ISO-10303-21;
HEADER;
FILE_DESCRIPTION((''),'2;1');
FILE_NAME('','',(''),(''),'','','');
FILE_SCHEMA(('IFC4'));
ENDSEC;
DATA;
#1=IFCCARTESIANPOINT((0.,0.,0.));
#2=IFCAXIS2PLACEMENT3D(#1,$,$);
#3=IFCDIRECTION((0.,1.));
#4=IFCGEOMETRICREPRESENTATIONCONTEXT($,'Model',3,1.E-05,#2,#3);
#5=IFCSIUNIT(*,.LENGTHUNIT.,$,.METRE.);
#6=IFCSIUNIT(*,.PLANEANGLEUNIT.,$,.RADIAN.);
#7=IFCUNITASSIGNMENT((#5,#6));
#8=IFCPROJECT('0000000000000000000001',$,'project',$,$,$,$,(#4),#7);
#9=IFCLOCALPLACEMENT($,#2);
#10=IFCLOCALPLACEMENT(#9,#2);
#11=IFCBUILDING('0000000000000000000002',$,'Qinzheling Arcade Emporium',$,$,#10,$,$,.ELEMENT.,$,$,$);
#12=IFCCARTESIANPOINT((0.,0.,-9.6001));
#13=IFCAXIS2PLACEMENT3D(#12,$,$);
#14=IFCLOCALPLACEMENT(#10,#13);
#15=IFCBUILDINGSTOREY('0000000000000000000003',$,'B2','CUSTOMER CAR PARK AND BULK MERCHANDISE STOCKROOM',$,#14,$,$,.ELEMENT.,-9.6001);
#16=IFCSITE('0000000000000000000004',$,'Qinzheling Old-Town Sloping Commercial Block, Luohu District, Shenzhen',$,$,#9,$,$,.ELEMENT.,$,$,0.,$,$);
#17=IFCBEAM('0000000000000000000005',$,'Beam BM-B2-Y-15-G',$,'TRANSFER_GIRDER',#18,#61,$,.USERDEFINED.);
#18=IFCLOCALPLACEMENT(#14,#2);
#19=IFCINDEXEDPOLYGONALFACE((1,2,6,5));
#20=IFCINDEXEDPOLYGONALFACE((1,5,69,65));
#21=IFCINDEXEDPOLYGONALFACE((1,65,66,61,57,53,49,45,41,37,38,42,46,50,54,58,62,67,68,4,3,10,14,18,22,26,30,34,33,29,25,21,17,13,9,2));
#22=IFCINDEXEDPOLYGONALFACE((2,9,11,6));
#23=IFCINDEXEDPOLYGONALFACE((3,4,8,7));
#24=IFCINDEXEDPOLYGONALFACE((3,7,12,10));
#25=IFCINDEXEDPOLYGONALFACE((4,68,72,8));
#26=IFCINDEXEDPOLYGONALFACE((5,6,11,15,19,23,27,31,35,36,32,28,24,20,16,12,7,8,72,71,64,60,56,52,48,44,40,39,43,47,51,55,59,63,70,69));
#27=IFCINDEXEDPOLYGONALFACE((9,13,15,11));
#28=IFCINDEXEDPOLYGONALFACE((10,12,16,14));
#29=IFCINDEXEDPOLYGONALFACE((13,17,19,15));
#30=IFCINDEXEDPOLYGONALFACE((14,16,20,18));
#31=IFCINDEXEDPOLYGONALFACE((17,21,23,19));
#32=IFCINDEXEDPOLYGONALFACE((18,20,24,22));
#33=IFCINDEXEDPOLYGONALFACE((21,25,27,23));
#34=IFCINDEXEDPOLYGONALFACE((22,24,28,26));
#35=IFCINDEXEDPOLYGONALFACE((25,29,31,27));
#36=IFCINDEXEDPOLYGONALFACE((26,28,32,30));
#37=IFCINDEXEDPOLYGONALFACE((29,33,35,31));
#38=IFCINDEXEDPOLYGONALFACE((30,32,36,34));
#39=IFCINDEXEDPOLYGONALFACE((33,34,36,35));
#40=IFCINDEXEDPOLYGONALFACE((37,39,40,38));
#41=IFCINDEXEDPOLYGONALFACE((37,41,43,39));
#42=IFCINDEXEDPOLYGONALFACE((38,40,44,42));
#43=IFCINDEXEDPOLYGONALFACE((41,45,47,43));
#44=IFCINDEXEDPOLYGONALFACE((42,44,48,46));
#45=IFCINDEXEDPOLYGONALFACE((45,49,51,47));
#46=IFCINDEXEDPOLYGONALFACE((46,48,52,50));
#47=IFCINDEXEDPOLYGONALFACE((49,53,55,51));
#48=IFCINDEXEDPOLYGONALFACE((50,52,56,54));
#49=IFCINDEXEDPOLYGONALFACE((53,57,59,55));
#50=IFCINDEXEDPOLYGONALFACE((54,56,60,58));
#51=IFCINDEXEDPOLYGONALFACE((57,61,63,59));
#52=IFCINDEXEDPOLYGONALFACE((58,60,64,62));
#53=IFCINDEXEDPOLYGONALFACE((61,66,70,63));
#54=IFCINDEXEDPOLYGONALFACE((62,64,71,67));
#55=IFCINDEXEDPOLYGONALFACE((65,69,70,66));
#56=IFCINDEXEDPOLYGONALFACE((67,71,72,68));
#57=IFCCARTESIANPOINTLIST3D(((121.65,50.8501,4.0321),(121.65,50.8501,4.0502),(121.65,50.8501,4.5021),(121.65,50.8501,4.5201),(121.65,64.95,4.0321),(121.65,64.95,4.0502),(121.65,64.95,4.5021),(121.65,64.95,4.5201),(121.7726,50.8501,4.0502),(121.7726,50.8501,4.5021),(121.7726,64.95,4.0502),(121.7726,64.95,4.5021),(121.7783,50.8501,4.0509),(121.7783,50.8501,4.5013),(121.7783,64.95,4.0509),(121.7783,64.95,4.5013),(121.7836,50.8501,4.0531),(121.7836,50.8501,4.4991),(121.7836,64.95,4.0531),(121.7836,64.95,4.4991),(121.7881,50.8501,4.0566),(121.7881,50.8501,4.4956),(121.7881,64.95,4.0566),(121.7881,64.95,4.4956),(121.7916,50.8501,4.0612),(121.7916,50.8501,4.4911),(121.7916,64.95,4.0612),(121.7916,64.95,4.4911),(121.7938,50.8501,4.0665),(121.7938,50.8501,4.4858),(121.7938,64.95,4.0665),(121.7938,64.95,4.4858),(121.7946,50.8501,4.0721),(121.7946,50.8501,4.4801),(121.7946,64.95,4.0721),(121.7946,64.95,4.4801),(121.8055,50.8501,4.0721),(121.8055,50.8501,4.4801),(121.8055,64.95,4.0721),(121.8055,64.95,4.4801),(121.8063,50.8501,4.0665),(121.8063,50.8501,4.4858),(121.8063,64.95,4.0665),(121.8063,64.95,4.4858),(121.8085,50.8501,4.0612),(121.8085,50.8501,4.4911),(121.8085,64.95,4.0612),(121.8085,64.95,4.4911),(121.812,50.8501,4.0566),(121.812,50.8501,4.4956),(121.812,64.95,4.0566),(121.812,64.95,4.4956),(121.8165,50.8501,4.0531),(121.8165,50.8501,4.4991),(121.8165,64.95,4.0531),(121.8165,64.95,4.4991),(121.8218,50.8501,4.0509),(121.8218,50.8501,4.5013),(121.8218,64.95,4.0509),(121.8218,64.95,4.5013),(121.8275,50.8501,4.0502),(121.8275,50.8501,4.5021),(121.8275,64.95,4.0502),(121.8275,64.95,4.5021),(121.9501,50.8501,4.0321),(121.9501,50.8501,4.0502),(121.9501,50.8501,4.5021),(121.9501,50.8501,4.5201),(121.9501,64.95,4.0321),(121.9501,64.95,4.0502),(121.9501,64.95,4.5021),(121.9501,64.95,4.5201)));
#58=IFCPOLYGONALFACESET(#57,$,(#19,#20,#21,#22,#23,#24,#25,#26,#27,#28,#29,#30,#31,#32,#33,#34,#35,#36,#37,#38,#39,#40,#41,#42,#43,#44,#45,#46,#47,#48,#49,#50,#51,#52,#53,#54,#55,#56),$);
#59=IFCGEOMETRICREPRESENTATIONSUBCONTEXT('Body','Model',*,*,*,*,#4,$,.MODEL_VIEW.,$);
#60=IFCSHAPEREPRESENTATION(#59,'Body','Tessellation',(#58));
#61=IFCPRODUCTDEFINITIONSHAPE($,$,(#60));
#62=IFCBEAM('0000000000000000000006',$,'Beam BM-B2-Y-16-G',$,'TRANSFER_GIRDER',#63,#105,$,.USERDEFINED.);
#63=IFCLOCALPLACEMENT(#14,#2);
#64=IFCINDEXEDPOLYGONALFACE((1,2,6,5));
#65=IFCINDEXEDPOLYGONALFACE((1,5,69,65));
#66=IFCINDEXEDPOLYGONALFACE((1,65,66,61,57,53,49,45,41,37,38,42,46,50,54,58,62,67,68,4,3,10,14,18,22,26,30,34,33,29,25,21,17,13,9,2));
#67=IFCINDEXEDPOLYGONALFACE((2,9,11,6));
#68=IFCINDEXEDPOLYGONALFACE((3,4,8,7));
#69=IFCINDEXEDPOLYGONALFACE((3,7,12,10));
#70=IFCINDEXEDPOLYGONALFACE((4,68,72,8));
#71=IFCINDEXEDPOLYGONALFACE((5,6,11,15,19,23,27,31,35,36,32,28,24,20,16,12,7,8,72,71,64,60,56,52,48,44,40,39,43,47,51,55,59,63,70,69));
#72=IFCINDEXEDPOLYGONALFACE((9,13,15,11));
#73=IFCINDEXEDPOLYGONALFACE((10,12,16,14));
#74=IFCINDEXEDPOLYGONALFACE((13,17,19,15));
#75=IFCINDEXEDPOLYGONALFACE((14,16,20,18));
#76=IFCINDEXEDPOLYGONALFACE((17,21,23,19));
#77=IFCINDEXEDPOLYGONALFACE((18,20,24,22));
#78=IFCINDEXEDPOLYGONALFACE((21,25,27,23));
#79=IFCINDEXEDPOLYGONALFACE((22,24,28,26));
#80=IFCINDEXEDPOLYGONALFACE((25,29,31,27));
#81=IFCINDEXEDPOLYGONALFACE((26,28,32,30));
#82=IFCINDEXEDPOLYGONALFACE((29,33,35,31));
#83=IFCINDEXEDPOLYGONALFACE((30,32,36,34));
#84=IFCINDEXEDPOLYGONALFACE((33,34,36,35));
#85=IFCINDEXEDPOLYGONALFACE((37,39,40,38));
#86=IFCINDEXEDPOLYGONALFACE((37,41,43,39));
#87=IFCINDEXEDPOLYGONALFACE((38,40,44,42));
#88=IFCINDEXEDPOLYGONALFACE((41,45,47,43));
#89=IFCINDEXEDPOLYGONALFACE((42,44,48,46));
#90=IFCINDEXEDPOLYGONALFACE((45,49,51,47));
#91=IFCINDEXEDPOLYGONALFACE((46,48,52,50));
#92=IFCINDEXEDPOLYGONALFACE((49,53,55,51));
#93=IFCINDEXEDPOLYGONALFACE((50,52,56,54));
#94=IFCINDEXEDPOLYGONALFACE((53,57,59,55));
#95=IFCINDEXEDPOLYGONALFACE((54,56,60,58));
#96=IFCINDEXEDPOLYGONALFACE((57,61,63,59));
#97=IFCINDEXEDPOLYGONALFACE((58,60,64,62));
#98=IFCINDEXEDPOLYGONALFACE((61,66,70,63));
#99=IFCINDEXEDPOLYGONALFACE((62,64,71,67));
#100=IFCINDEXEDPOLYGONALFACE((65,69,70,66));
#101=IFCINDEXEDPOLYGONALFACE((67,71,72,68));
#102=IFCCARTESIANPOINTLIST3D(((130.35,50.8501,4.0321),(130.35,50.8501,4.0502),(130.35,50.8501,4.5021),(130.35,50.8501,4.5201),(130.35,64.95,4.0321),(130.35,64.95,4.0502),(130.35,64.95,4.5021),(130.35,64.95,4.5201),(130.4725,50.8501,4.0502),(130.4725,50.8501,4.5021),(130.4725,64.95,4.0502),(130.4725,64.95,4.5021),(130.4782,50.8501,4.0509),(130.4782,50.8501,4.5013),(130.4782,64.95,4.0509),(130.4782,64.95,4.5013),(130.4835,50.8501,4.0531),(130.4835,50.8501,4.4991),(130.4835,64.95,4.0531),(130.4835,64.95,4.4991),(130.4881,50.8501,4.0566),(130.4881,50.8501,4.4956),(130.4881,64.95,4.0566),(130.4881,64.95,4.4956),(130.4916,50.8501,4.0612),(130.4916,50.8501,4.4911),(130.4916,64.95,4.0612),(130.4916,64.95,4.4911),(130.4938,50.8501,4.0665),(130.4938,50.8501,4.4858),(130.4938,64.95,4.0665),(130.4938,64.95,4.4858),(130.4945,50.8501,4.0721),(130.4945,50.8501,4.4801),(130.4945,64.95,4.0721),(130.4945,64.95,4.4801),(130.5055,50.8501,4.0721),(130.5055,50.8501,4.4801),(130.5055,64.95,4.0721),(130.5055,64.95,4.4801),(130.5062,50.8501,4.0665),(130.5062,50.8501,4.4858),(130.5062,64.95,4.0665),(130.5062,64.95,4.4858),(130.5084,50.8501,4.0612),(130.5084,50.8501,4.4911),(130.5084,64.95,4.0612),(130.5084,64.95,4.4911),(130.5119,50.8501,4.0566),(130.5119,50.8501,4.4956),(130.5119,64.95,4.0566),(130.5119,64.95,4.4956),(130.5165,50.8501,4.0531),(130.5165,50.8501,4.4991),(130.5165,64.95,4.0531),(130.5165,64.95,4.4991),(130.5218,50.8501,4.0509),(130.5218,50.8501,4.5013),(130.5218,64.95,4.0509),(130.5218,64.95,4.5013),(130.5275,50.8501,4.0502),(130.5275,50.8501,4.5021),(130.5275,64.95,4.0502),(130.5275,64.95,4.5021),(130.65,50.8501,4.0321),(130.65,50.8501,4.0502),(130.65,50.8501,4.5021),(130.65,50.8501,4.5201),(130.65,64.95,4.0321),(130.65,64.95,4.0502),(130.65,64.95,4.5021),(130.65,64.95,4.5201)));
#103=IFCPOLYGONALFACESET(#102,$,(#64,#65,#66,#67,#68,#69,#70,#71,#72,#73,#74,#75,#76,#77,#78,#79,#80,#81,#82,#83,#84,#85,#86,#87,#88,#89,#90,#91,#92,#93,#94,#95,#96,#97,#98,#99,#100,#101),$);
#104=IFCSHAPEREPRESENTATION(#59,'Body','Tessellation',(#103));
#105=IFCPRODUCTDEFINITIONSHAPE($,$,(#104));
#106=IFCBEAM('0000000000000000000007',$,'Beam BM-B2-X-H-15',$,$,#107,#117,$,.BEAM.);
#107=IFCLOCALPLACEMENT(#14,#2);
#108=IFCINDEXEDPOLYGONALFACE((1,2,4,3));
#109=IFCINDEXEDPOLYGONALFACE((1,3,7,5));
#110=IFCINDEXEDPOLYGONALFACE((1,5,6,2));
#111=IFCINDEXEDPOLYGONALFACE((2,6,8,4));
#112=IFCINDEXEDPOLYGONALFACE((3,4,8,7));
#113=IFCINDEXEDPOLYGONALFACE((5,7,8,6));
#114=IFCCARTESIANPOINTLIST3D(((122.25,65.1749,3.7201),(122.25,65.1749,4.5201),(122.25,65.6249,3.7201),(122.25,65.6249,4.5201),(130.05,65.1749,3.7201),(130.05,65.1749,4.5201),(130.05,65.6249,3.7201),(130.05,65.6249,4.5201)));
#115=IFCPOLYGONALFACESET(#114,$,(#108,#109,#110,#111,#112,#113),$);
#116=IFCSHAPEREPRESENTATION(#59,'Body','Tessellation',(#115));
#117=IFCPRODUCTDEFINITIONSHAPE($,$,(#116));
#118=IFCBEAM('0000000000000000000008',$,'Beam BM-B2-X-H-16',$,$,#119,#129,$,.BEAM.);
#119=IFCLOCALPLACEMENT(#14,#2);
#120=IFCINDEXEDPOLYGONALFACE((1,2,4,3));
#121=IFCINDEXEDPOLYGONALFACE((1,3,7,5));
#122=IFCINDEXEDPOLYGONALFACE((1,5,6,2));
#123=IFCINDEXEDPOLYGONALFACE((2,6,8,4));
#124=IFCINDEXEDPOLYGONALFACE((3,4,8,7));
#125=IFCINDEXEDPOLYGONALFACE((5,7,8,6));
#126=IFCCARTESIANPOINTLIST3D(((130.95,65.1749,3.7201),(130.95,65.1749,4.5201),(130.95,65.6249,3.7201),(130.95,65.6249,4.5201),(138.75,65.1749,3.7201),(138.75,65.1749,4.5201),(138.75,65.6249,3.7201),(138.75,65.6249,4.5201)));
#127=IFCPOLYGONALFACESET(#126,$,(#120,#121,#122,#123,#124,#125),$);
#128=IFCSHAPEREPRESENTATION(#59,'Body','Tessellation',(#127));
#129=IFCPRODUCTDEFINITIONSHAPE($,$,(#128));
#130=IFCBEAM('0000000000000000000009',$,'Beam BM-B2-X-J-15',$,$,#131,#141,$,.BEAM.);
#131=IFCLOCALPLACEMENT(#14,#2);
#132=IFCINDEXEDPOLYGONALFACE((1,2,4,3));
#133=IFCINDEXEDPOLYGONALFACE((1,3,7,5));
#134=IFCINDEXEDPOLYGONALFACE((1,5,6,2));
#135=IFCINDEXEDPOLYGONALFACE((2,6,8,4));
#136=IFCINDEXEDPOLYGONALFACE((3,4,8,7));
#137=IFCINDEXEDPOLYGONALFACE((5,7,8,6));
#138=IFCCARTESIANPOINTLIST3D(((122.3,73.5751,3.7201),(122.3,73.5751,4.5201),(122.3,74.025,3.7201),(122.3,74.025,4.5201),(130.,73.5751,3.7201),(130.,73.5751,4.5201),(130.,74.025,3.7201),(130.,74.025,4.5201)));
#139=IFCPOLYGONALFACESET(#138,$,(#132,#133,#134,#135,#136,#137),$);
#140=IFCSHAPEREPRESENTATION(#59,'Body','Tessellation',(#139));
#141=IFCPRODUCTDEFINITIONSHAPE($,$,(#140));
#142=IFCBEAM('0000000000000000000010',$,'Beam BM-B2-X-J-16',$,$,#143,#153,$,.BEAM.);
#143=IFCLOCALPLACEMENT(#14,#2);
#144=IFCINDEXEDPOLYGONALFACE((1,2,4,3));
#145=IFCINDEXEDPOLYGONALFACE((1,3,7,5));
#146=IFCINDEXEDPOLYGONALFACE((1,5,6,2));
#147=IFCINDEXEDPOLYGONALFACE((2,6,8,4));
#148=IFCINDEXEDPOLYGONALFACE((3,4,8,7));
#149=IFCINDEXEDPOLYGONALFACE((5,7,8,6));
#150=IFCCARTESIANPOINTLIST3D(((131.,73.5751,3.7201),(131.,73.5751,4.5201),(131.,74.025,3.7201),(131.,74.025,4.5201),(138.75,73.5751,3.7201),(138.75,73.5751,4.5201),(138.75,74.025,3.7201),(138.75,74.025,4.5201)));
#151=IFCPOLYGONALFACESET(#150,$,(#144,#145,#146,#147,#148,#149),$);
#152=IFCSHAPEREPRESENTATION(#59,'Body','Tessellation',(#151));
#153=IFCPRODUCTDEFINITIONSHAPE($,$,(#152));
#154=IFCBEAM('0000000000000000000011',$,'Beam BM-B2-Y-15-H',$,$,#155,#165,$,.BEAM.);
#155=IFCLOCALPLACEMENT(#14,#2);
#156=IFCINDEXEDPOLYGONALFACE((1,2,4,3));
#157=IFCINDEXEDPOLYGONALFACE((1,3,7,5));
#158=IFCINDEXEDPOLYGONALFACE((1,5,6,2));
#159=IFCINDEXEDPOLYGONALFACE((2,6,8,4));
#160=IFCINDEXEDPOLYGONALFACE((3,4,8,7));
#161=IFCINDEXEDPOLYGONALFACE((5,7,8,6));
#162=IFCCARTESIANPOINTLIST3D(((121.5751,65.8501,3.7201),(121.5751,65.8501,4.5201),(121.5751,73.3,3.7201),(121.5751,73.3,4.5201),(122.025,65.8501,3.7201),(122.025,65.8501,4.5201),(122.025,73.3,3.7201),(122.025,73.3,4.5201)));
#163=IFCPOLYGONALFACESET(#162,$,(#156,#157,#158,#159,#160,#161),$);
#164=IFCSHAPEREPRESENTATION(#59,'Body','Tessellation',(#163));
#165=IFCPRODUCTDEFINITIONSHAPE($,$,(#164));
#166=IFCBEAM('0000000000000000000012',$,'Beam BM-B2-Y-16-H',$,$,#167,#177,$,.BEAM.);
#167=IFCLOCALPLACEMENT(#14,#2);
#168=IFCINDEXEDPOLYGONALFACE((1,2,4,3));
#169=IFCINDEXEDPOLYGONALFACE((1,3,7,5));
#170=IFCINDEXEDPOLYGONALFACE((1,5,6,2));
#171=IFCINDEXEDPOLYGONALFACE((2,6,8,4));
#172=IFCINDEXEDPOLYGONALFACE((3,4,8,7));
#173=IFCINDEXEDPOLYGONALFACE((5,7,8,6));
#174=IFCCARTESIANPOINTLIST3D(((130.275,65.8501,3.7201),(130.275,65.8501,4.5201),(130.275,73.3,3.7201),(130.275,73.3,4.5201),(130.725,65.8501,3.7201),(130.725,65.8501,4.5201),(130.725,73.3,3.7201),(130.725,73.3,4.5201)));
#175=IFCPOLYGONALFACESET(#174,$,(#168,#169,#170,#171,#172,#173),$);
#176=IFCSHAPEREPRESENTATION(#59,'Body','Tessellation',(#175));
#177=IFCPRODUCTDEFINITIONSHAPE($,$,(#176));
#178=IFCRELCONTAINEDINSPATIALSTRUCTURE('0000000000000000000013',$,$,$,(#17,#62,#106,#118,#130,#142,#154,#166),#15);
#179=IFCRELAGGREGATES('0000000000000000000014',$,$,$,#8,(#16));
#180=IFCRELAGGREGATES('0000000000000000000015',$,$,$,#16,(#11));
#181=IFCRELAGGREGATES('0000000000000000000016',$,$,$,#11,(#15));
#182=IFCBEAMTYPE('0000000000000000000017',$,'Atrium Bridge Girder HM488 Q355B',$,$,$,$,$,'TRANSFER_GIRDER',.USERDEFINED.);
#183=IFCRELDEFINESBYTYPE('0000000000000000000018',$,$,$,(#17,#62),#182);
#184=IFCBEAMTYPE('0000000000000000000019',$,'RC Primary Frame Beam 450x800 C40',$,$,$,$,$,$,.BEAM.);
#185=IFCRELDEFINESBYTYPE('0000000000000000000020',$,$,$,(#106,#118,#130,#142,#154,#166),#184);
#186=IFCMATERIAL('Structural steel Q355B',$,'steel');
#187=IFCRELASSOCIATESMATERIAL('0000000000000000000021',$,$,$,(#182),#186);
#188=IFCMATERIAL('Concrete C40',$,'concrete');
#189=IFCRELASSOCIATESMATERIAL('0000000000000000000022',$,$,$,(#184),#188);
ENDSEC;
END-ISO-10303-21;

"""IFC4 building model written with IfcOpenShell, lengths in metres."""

from ifc_helpers import new_model, si_unit, direction, frame, origin, origin_2d, place, context, subcontext, project, spatial, rectangle, i_section, extrude, material, material_profile, profile_set, type_object, element, save


model = new_model("IFC4")

# Units and contexts
model_context = context("Model", 3, precision=1e-05, world=origin(), true_north=direction((0.0, 1.0)))
body_context = subcontext(model_context, "Body", "Model", "MODEL_VIEW")
ifc_project = project(units=[si_unit("LENGTHUNIT", "METRE"), si_unit("PLANEANGLEUNIT", "RADIAN")], contexts=[model_context])

# Site, building, storey
site_placement = place(None, origin())
site = spatial("IfcSite", under=ifc_project, at=site_placement, Name="Qinzheling Old-Town Sloping Commercial Block, Luohu District, Shenzhen", CompositionType="ELEMENT", RefElevation=0.0)
building_placement = place(site_placement, origin())
building = spatial("IfcBuilding", under=site, at=building_placement, Name="Qinzheling Arcade Emporium", CompositionType="ELEMENT")
storey_placement = place(building_placement, frame((0.0, 0.0, -9.6001)))
storey = spatial("IfcBuildingStorey", under=building, at=storey_placement, Name="B2", Description="CUSTOMER CAR PARK AND BULK MERCHANDISE STOCKROOM", CompositionType="ELEMENT", Elevation=-9.6001)

# Shared definitions
ifc_material_1 = material(Name="Concrete C40", Category="concrete")

# Beams
ifc_material_2 = material(Name="Structural steel Q355B", Category="steel")
ifc_material_profile_1 = material_profile(ifc_material_2, i_section(OverallWidth=0.3, OverallDepth=0.488, WebThickness=0.011, FlangeThickness=0.0181, FilletRadius=0.022, at=origin_2d()), Name="HM 488x300x11x18", Category="steel")
ifc_profile_set_1 = profile_set([ifc_material_profile_1], Name="Structural steel Q355B")
beam_type_1 = type_object("IfcBeamType", Name="Atrium Bridge Girder HM488 Q355B", ElementType="TRANSFER_GIRDER", PredefinedType="USERDEFINED", material=ifc_profile_set_1)
for number, where, z_axis, x_axis, name in (
    (1, (121.8, 50.8501, 4.2761), (0.0, 1.0, 0.0), (-1.0, 0.0, 0.0), "Beam BM-B2-Y-15-G"),
    (2, (130.5, 50.8501, 4.2761), (0.0, 1.0, 0.0), (-1.0, 0.0, 0.0), "Beam BM-B2-Y-16-G"),
):
    element("IfcBeam", number, at=place(storey_placement, frame(where, z_axis=z_axis, x_axis=x_axis)), inside=storey, type_object=beam_type_1, Name=name, ObjectType="TRANSFER_GIRDER", PredefinedType="USERDEFINED", context=body_context, shape_type="SweptSolid", body=[
        extrude(i_section(OverallWidth=0.3, OverallDepth=0.488, WebThickness=0.011, FlangeThickness=0.0181, FilletRadius=0.022, at=origin_2d()), origin(), (0.0, 0.0, 1.0), 14.0999),
    ])
ifc_material_profile_2 = material_profile(ifc_material_1, rectangle(XDim=0.45, YDim=0.8, at=origin_2d()), Name="RC 450x800", Category="concrete")
ifc_profile_set_2 = profile_set([ifc_material_profile_2], Name="Concrete C40")
beam_type_2 = type_object("IfcBeamType", Name="RC Primary Frame Beam 450x800 C40", PredefinedType="BEAM", material=ifc_profile_set_2)
for number, where, z_axis, x_axis, name in (
    (3, (122.25, 65.3999, 4.1201), (1.0, 0.0, 0.0), (0.0, 1.0, 0.0), "Beam BM-B2-X-H-15"),
    (4, (130.95, 65.3999, 4.1201), (1.0, 0.0, 0.0), (0.0, 1.0, 0.0), "Beam BM-B2-X-H-16"),
):
    element("IfcBeam", number, at=place(storey_placement, frame(where, z_axis=z_axis, x_axis=x_axis)), inside=storey, type_object=beam_type_2, Name=name, PredefinedType="BEAM", context=body_context, shape_type="SweptSolid", body=[
        extrude(rectangle(XDim=0.45, YDim=0.8, at=origin_2d()), origin(), (0.0, 0.0, 1.0), 7.8),
    ])
beam_1_placement = place(storey_placement, frame((122.3, 73.8, 4.1201), z_axis=(1.0, 0.0, 0.0), x_axis=(0.0, 1.0, 0.0)))
element("IfcBeam", 5, at=beam_1_placement, inside=storey, type_object=beam_type_2, Name="Beam BM-B2-X-J-15", PredefinedType="BEAM", context=body_context, shape_type="SweptSolid", body=[
    extrude(rectangle(XDim=0.45, YDim=0.8, at=origin_2d()), origin(), (0.0, 0.0, 1.0), 7.7),
])
beam_2_placement = place(storey_placement, frame((131.0, 73.8, 4.1201), z_axis=(1.0, 0.0, 0.0), x_axis=(0.0, 1.0, 0.0)))
element("IfcBeam", 6, at=beam_2_placement, inside=storey, type_object=beam_type_2, Name="Beam BM-B2-X-J-16", PredefinedType="BEAM", context=body_context, shape_type="SweptSolid", body=[
    extrude(rectangle(XDim=0.45, YDim=0.8, at=origin_2d()), origin(), (0.0, 0.0, 1.0), 7.75),
])
for number, where, z_axis, x_axis, name in (
    (7, (121.8, 65.8501, 4.1201), (0.0, 1.0, 0.0), (-1.0, 0.0, 0.0), "Beam BM-B2-Y-15-H"),
    (8, (130.5, 65.8501, 4.1201), (0.0, 1.0, 0.0), (-1.0, 0.0, 0.0), "Beam BM-B2-Y-16-H"),
):
    element("IfcBeam", number, at=place(storey_placement, frame(where, z_axis=z_axis, x_axis=x_axis)), inside=storey, type_object=beam_type_2, Name=name, PredefinedType="BEAM", context=body_context, shape_type="SweptSolid", body=[
        extrude(rectangle(XDim=0.45, YDim=0.8, at=origin_2d()), origin(), (0.0, 0.0, 1.0), 7.45),
    ])

save(model, "model.ifc")
